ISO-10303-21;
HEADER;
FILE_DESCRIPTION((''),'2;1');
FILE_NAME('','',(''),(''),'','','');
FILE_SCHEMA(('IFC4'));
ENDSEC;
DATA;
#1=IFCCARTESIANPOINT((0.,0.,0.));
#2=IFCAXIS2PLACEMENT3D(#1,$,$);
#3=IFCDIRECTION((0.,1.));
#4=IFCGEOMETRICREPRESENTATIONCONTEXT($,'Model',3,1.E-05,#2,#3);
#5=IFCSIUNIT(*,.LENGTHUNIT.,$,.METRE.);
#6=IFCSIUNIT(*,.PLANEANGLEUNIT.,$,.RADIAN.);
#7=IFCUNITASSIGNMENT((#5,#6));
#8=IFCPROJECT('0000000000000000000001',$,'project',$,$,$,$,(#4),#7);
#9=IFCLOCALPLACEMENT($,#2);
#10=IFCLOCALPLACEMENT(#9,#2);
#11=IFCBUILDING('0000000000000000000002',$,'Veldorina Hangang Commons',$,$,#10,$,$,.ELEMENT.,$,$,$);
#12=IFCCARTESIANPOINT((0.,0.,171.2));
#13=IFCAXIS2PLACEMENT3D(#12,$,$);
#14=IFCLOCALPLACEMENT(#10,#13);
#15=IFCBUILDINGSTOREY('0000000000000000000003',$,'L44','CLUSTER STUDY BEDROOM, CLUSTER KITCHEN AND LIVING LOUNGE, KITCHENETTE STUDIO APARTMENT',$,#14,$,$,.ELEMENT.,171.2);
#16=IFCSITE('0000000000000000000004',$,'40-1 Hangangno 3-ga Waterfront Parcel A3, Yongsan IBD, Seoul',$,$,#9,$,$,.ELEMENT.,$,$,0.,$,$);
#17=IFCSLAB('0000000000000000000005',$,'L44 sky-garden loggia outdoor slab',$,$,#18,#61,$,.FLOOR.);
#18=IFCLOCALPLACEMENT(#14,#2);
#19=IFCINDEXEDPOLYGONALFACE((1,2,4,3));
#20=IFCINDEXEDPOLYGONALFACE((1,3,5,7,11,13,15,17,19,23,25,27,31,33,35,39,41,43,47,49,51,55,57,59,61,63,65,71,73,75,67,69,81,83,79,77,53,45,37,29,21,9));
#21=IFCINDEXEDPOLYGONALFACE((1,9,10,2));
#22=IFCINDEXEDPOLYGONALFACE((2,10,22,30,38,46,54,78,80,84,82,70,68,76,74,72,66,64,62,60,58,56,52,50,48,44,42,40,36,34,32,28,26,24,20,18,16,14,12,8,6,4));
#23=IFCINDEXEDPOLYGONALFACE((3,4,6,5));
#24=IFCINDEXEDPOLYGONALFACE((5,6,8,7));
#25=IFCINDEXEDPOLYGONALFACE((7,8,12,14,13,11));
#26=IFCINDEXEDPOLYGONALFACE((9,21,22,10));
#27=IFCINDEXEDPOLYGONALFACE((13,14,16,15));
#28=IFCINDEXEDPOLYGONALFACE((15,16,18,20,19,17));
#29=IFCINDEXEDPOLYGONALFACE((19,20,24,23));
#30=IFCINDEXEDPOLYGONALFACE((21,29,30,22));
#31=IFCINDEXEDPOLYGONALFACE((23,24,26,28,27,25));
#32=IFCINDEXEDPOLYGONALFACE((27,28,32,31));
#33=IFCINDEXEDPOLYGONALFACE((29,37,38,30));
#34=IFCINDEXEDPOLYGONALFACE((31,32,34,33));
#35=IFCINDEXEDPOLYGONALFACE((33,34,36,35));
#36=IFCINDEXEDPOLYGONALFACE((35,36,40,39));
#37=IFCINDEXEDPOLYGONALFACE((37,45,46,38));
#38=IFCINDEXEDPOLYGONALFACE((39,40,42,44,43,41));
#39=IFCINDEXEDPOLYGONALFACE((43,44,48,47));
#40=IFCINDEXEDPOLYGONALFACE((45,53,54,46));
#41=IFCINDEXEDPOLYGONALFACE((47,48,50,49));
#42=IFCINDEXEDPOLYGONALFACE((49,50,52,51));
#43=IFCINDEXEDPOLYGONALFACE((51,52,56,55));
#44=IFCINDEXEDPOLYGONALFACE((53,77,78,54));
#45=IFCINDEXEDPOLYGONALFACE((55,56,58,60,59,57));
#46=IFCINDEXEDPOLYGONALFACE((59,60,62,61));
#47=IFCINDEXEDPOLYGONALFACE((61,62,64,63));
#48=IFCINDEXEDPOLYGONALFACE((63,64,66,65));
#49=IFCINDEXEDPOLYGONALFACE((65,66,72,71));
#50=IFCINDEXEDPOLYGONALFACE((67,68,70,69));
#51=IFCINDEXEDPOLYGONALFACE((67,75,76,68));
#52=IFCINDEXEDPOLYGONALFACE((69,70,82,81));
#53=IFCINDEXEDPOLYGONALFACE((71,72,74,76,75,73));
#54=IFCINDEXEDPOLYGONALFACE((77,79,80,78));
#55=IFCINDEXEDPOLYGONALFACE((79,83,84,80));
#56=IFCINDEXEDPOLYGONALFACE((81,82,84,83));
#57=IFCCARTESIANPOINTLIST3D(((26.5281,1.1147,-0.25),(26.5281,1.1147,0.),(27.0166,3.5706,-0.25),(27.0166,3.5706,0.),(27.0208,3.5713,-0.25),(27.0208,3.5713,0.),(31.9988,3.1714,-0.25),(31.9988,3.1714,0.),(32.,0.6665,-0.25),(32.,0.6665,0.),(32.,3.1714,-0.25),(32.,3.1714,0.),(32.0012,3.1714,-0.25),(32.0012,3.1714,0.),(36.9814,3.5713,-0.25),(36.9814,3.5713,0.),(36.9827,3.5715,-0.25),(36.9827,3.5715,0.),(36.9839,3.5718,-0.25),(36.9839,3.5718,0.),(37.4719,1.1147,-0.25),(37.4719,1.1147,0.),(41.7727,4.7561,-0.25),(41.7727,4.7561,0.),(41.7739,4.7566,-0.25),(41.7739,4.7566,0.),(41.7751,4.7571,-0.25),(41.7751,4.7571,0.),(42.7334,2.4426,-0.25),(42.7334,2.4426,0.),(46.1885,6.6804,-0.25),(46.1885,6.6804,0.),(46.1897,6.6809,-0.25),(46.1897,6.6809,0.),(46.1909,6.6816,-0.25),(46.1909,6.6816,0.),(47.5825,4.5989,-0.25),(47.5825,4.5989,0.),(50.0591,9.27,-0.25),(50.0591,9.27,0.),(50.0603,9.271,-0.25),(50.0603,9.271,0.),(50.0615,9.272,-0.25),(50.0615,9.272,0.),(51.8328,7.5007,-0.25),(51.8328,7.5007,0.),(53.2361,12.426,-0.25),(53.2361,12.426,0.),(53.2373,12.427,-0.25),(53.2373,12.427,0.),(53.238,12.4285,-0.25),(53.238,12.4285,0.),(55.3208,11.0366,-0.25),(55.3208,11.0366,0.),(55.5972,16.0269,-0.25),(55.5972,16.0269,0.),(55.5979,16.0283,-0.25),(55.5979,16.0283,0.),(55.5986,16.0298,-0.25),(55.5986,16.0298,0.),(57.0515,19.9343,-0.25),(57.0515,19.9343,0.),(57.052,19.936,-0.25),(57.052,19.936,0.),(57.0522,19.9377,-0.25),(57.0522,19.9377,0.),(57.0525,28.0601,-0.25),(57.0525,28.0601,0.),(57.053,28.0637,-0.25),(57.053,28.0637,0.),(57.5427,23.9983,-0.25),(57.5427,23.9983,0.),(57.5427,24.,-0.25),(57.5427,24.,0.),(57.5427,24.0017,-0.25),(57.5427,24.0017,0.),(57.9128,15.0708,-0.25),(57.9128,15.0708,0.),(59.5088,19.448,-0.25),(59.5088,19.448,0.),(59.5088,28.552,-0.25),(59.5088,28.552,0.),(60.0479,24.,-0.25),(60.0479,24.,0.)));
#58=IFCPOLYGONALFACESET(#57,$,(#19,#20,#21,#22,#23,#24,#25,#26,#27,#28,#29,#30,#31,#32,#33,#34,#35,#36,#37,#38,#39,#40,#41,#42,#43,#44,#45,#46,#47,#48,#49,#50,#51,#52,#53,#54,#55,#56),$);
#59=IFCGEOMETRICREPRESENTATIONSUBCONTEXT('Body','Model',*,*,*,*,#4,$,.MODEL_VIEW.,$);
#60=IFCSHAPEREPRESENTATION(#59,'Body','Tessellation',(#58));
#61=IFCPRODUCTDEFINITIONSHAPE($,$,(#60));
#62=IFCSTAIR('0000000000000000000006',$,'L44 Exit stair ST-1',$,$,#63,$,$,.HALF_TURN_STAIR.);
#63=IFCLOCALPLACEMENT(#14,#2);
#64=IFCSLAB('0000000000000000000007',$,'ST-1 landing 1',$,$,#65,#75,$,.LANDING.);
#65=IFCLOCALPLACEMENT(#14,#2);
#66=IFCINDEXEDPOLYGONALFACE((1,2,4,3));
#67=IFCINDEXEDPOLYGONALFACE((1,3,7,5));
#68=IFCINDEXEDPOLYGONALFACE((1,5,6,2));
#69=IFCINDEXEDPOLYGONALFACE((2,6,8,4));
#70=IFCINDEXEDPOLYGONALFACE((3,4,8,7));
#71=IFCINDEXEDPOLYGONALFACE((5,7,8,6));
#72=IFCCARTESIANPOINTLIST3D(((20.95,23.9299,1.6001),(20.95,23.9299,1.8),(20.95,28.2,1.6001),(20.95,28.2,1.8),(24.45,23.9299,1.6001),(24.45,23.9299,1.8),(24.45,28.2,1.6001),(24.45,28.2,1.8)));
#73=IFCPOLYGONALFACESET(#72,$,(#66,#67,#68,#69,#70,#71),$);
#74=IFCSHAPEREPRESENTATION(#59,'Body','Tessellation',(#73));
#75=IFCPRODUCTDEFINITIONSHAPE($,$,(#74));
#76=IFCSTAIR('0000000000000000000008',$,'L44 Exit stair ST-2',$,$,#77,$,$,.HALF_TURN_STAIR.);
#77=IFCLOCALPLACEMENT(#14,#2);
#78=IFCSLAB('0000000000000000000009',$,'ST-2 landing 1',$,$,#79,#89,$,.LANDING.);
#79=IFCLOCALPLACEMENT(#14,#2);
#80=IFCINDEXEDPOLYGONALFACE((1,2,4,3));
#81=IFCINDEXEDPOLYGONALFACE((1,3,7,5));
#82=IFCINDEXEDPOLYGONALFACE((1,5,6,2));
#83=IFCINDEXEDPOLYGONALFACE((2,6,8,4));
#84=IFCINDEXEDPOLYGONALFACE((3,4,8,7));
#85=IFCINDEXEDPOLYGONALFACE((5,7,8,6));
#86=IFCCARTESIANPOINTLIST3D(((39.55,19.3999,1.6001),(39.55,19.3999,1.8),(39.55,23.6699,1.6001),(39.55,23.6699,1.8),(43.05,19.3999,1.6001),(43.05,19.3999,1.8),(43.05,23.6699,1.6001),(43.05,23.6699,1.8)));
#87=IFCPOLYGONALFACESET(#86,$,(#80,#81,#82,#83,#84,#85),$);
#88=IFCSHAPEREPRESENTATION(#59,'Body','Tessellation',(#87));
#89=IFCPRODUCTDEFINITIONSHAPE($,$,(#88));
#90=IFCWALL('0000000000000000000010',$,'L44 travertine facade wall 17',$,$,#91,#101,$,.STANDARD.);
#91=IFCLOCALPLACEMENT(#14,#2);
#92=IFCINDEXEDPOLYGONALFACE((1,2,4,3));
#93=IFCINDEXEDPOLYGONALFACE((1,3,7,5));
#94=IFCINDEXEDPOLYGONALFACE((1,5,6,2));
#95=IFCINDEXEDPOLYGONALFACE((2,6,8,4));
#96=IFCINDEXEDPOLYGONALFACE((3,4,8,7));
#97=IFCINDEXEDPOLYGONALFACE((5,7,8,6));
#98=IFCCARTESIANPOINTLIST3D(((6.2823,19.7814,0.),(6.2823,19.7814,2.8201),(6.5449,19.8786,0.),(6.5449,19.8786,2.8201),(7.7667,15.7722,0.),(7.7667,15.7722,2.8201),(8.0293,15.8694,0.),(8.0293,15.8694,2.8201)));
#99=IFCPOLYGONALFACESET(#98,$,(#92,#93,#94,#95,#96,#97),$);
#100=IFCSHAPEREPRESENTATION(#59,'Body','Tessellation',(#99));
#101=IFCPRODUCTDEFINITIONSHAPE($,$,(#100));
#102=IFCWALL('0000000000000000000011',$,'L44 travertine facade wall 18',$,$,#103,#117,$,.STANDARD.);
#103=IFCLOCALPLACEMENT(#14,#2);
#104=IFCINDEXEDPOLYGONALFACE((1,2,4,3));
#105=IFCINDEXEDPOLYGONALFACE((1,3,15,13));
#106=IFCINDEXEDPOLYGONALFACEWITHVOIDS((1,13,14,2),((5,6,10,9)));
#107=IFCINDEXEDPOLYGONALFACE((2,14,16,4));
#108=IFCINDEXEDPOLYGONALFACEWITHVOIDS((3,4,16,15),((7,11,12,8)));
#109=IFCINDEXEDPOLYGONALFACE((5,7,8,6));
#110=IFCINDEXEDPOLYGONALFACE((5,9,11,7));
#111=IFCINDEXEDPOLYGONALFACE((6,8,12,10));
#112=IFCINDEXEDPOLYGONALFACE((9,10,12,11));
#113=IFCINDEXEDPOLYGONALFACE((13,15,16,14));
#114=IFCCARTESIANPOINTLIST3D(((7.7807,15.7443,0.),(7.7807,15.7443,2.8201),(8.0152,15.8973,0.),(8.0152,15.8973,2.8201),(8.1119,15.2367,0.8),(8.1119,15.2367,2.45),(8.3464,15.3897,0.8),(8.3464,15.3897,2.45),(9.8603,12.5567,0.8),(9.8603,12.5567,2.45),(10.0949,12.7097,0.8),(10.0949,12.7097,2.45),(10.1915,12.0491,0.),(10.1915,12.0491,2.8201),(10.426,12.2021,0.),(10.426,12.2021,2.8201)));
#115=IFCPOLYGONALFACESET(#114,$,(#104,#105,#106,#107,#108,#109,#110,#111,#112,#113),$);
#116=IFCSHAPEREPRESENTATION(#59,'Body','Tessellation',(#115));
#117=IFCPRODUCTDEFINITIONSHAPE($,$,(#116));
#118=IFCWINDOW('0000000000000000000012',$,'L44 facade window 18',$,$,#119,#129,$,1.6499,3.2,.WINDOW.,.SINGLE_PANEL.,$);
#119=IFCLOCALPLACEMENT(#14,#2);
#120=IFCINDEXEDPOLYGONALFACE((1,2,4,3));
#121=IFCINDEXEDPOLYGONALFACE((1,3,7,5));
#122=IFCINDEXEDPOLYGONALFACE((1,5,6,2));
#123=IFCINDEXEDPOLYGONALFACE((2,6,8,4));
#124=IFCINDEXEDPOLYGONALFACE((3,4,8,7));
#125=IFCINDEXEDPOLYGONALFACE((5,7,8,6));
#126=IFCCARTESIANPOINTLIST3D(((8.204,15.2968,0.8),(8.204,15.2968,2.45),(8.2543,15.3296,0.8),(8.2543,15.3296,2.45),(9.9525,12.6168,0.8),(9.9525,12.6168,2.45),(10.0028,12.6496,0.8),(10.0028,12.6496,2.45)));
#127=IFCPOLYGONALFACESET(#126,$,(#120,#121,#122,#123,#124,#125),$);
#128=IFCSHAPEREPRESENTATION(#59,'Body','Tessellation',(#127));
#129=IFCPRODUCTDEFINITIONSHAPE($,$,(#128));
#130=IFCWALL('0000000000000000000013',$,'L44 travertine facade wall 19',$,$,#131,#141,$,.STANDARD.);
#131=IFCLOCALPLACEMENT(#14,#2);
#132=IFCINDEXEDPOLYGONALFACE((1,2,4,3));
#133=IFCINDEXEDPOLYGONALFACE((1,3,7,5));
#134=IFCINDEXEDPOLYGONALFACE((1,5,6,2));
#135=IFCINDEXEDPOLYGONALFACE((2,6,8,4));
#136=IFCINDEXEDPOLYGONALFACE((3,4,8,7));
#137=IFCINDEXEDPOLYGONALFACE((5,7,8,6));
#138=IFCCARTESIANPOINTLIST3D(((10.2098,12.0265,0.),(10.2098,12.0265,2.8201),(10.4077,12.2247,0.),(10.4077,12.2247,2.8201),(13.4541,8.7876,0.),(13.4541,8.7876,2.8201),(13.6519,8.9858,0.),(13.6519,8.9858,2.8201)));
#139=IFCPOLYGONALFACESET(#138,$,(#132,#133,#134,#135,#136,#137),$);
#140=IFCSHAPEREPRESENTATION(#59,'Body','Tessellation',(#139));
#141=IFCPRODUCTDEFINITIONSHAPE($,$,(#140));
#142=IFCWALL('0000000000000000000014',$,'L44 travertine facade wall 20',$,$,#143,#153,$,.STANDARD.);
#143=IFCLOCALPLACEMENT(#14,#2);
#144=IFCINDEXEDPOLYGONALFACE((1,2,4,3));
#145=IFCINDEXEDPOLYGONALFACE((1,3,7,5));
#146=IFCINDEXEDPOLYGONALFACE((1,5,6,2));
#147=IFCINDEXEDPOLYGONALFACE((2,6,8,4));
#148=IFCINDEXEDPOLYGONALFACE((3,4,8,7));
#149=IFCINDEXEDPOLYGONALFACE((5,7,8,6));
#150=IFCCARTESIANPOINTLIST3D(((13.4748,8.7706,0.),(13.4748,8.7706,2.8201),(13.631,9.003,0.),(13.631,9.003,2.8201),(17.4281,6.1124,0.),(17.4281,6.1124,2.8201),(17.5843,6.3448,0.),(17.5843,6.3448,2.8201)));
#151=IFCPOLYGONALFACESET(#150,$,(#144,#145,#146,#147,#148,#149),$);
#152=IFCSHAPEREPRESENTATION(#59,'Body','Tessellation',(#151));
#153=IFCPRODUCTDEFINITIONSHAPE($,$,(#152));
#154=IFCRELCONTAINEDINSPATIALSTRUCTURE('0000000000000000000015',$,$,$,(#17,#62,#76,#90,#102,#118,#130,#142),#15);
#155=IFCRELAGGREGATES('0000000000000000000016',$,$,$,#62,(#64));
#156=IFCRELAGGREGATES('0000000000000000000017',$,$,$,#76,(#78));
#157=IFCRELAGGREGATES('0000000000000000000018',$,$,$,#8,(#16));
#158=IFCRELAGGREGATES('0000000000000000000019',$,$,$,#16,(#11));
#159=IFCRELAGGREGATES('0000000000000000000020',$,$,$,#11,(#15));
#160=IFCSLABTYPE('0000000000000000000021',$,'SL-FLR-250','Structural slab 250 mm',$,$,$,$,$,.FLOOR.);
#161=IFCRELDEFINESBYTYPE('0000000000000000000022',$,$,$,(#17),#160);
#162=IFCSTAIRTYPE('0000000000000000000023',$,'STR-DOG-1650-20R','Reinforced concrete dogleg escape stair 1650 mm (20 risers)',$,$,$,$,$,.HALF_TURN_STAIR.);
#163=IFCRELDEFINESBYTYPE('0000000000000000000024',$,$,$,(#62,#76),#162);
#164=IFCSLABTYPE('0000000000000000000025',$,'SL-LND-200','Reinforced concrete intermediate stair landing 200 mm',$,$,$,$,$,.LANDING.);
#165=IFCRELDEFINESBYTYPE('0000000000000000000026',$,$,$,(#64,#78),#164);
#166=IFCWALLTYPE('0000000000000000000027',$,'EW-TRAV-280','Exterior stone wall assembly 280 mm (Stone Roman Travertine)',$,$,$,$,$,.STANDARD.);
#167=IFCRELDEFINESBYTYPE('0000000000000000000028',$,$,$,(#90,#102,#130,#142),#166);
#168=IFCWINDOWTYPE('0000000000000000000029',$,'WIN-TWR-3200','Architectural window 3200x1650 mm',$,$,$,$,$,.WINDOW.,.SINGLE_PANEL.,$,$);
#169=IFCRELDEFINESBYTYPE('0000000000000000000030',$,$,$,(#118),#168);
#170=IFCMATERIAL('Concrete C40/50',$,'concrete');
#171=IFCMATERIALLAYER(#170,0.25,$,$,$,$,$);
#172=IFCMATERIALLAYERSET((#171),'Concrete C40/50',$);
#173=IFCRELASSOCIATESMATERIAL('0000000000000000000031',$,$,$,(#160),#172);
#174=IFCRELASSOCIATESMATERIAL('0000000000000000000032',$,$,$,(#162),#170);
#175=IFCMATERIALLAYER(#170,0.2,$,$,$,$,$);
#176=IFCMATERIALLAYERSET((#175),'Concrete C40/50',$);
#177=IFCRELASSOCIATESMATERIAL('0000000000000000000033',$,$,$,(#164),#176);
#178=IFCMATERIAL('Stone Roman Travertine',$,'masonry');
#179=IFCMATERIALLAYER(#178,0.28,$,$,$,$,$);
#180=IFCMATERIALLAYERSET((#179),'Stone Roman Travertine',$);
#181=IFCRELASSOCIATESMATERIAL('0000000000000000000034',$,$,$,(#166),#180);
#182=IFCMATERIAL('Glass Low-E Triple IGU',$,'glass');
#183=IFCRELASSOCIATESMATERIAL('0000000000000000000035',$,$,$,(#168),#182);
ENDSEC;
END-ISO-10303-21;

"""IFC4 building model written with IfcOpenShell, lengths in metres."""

from ifc_helpers import new_model, si_unit, direction, frame, frame_2d, origin, place, context, subcontext, project, spatial, polyline, rectangle, outline, extrude, material, layer, layer_set, type_object, element, fill, aggregate, save


model = new_model("IFC4")

# Units and contexts
model_context = context("Model", 3, precision=1e-05, world=origin(), true_north=direction((0.0, 1.0)))
body_context = subcontext(model_context, "Body", "Model", "MODEL_VIEW")
ifc_project = project(units=[si_unit("LENGTHUNIT", "METRE"), si_unit("PLANEANGLEUNIT", "RADIAN")], contexts=[model_context])

# Site, building, storey
site_placement = place(None, origin())
site = spatial("IfcSite", under=ifc_project, at=site_placement, Name="40-1 Hangangno 3-ga Waterfront Parcel A3, Yongsan IBD, Seoul", CompositionType="ELEMENT", RefElevation=0.0)
building_placement = place(site_placement, origin())
building = spatial("IfcBuilding", under=site, at=building_placement, Name="Veldorina Hangang Commons", CompositionType="ELEMENT")
storey_placement = place(building_placement, frame((0.0, 0.0, 171.2)))
storey = spatial("IfcBuildingStorey", under=building, at=storey_placement, Name="L44", Description="CLUSTER STUDY BEDROOM, CLUSTER KITCHEN AND LIVING LOUNGE, KITCHENETTE STUDIO APARTMENT", CompositionType="ELEMENT", Elevation=171.2)

# Slab
ifc_material_1 = material(Name="Concrete C40/50", Category="concrete")
ifc_layer_1 = layer(ifc_material_1, 0.25)
ifc_layer_set_1 = layer_set([ifc_layer_1], Name="Concrete C40/50")
slab_type_1 = type_object("IfcSlabType", Name="SL-FLR-250", Description="Structural slab 250 mm", PredefinedType="FLOOR", material=ifc_layer_set_1)
slab_1_placement = place(storey_placement, frame((0.0, 0.0, -0.25)))
element("IfcSlab", 1, at=slab_1_placement, inside=storey, type_object=slab_type_1, Name="L44 sky-garden loggia outdoor slab", PredefinedType="FLOOR", context=body_context, shape_type="SweptSolid", body=[
    extrude(outline(polyline([(59.5088, 28.552), (60.0479, 24.0), (59.5088, 19.448), (57.9128, 15.0708), (55.3208, 11.0366), (51.8328, 7.5007), (47.5825, 4.5989), (42.7334, 2.4426), (37.4719, 1.1147), (32.0, 0.6665), (26.5281, 1.1147), (27.0166, 3.5706), (27.0208, 3.5713), (31.9988, 3.1714), (32.0, 3.1714), (32.0012, 3.1714), (36.9814, 3.5713), (36.9827, 3.5715), (36.9839, 3.5718), (41.7727, 4.7561), (41.7739, 4.7566), (41.7751, 4.7571), (46.1885, 6.6804), (46.1897, 6.6809), (46.1909, 6.6816), (50.0591, 9.27), (50.0603, 9.271), (50.0615, 9.272), (53.2361, 12.426), (53.2373, 12.427), (53.238, 12.4285), (55.5972, 16.0269), (55.5979, 16.0283), (55.5986, 16.0298), (57.0515, 19.9343), (57.052, 19.936), (57.0522, 19.9377), (57.5427, 23.9983), (57.5427, 24.0), (57.5427, 24.0017), (57.0525, 28.0601), (57.053, 28.0637), (59.5088, 28.552)])), origin(), (0.0, 0.0, 1.0), 0.25),
])

# Stairs, slabs
stair_type = type_object("IfcStairType", Name="STR-DOG-1650-20R", Description="Reinforced concrete dogleg escape stair 1650 mm (20 risers)", PredefinedType="HALF_TURN_STAIR", material=ifc_material_1)
stair_1_placement = place(storey_placement, origin())
stair_1 = element("IfcStair", 2, at=stair_1_placement, inside=storey, type_object=stair_type, Name="L44 Exit stair ST-1", PredefinedType="HALF_TURN_STAIR")
ifc_layer_2 = layer(ifc_material_1, 0.2)
ifc_layer_set_2 = layer_set([ifc_layer_2], Name="Concrete C40/50")
slab_type_2 = type_object("IfcSlabType", Name="SL-LND-200", Description="Reinforced concrete intermediate stair landing 200 mm", PredefinedType="LANDING", material=ifc_layer_set_2)
slab_2_placement = place(storey_placement, frame((0.0, 0.0, 1.6001)))
slab_2 = element("IfcSlab", 3, at=slab_2_placement, type_object=slab_type_2, Name="ST-1 landing 1", PredefinedType="LANDING", context=body_context, shape_type="SweptSolid", body=[
    extrude(outline(polyline([(24.45, 23.9299), (24.45, 28.2), (20.95, 28.2), (20.95, 23.9299), (24.45, 23.9299)])), origin(), (0.0, 0.0, 1.0), 0.2),
])
aggregate(stair_1, [slab_2])
stair_2_placement = place(storey_placement, origin())
stair_2 = element("IfcStair", 4, at=stair_2_placement, inside=storey, type_object=stair_type, Name="L44 Exit stair ST-2", PredefinedType="HALF_TURN_STAIR")
slab_3_placement = place(storey_placement, frame((0.0, 0.0, 1.6001)))
slab_3 = element("IfcSlab", 5, at=slab_3_placement, type_object=slab_type_2, Name="ST-2 landing 1", PredefinedType="LANDING", context=body_context, shape_type="SweptSolid", body=[
    extrude(outline(polyline([(39.55, 23.6699), (39.55, 19.3999), (43.05, 19.3999), (43.05, 23.6699), (39.55, 23.6699)])), origin(), (0.0, 0.0, 1.0), 0.2),
])
aggregate(stair_2, [slab_3])

# Wall
ifc_material_2 = material(Name="Stone Roman Travertine", Category="masonry")
ifc_layer_3 = layer(ifc_material_2, 0.28)
ifc_layer_set_3 = layer_set([ifc_layer_3], Name="Stone Roman Travertine")
wall_type = type_object("IfcWallType", Name="EW-TRAV-280", Description="Exterior stone wall assembly 280 mm (Stone Roman Travertine)", PredefinedType="STANDARD", material=ifc_layer_set_3)
wall_1_placement = place(storey_placement, frame((6.4136, 19.8301, 0.0), z_axis=(0.0, 0.0, 1.0), x_axis=(0.347203, -0.93779, 0.0)))
element("IfcWall", 6, at=wall_1_placement, inside=storey, type_object=wall_type, Name="L44 travertine facade wall 17", PredefinedType="STANDARD", context=body_context, shape_type="SweptSolid", body=[
    extrude(rectangle(XDim=4.2751, YDim=0.28, at=frame_2d((2.1377, 0.0))), origin(), (0.0, 0.0, 1.0), 2.8201),
])

# Wall, opening, window
wall_2_placement = place(storey_placement, frame((7.8979, 15.8208, 0.0), z_axis=(0.0, 0.0, 1.0), x_axis=(0.546411, -0.837517, 0.0)))
wall_2 = element("IfcWall", 7, at=wall_2_placement, inside=storey, type_object=wall_type, Name="L44 travertine facade wall 18", PredefinedType="STANDARD", context=body_context, shape_type="SweptSolid", body=[
    extrude(rectangle(XDim=4.4121, YDim=0.28, at=frame_2d((2.2061, 0.0))), origin(), (0.0, 0.0, 1.0), 2.8201),
])
opening_placement = place(wall_2_placement, frame((0.606, 0.0, 0.8)))
opening = element("IfcOpeningElement", 8, at=opening_placement, cuts=wall_2, PredefinedType="OPENING", context=body_context, shape_type="SweptSolid", body=[
    extrude(rectangle(XDim=3.2, YDim=1.6499, at=frame_2d((1.6001, 0.825))), frame((0.0, 0.1499, 0.0), z_axis=(0.0, -1.0, 0.0), x_axis=(1.0, 0.0, 0.0)), (0.0, 0.0, 1.0), 0.3),
])
ifc_material_3 = material(Name="Glass Low-E Triple IGU", Category="glass")
window_type = type_object("IfcWindowType", Name="WIN-TWR-3200", Description="Architectural window 3200x1650 mm", PartitioningType="SINGLE_PANEL", PredefinedType="WINDOW", material=ifc_material_3)
window_placement = place(opening_placement, origin())
window = element("IfcWindow", 9, at=window_placement, inside=storey, type_object=window_type, Name="L44 facade window 18", OverallHeight=1.6499, OverallWidth=3.2, PartitioningType="SINGLE_PANEL", PredefinedType="WINDOW", context=body_context, shape_type="SweptSolid", body=[
    extrude(rectangle(XDim=3.2, YDim=1.6499, at=frame_2d((1.6001, 0.825))), frame((0.0, 0.03, 0.0), z_axis=(0.0, -1.0, 0.0), x_axis=(1.0, 0.0, 0.0)), (0.0, 0.0, 1.0), 0.0601),
])
fill(opening, window)

# Walls
wall_3_placement = place(storey_placement, frame((10.3088, 12.1255, 0.0), z_axis=(0.0, 0.0, 1.0), x_axis=(0.707692, -0.706521, 0.0)))
element("IfcWall", 10, at=wall_3_placement, inside=storey, type_object=wall_type, Name="L44 travertine facade wall 19", PredefinedType="STANDARD", context=body_context, shape_type="SweptSolid", body=[
    extrude(rectangle(XDim=4.5842, YDim=0.28, at=frame_2d((2.292, 0.0))), origin(), (0.0, 0.0, 1.0), 2.8201),
])
wall_4_placement = place(storey_placement, frame((13.553, 8.8867, 0.0), z_axis=(0.0, 0.0, 1.0), x_axis=(0.829852, -0.557984, 0.0)))
element("IfcWall", 11, at=wall_4_placement, inside=storey, type_object=wall_type, Name="L44 travertine facade wall 20", PredefinedType="STANDARD", context=body_context, shape_type="SweptSolid", body=[
    extrude(rectangle(XDim=4.7639, YDim=0.28, at=frame_2d((2.3818, 0.0))), origin(), (0.0, 0.0, 1.0), 2.8201),
])

save(model, "model.ifc")
